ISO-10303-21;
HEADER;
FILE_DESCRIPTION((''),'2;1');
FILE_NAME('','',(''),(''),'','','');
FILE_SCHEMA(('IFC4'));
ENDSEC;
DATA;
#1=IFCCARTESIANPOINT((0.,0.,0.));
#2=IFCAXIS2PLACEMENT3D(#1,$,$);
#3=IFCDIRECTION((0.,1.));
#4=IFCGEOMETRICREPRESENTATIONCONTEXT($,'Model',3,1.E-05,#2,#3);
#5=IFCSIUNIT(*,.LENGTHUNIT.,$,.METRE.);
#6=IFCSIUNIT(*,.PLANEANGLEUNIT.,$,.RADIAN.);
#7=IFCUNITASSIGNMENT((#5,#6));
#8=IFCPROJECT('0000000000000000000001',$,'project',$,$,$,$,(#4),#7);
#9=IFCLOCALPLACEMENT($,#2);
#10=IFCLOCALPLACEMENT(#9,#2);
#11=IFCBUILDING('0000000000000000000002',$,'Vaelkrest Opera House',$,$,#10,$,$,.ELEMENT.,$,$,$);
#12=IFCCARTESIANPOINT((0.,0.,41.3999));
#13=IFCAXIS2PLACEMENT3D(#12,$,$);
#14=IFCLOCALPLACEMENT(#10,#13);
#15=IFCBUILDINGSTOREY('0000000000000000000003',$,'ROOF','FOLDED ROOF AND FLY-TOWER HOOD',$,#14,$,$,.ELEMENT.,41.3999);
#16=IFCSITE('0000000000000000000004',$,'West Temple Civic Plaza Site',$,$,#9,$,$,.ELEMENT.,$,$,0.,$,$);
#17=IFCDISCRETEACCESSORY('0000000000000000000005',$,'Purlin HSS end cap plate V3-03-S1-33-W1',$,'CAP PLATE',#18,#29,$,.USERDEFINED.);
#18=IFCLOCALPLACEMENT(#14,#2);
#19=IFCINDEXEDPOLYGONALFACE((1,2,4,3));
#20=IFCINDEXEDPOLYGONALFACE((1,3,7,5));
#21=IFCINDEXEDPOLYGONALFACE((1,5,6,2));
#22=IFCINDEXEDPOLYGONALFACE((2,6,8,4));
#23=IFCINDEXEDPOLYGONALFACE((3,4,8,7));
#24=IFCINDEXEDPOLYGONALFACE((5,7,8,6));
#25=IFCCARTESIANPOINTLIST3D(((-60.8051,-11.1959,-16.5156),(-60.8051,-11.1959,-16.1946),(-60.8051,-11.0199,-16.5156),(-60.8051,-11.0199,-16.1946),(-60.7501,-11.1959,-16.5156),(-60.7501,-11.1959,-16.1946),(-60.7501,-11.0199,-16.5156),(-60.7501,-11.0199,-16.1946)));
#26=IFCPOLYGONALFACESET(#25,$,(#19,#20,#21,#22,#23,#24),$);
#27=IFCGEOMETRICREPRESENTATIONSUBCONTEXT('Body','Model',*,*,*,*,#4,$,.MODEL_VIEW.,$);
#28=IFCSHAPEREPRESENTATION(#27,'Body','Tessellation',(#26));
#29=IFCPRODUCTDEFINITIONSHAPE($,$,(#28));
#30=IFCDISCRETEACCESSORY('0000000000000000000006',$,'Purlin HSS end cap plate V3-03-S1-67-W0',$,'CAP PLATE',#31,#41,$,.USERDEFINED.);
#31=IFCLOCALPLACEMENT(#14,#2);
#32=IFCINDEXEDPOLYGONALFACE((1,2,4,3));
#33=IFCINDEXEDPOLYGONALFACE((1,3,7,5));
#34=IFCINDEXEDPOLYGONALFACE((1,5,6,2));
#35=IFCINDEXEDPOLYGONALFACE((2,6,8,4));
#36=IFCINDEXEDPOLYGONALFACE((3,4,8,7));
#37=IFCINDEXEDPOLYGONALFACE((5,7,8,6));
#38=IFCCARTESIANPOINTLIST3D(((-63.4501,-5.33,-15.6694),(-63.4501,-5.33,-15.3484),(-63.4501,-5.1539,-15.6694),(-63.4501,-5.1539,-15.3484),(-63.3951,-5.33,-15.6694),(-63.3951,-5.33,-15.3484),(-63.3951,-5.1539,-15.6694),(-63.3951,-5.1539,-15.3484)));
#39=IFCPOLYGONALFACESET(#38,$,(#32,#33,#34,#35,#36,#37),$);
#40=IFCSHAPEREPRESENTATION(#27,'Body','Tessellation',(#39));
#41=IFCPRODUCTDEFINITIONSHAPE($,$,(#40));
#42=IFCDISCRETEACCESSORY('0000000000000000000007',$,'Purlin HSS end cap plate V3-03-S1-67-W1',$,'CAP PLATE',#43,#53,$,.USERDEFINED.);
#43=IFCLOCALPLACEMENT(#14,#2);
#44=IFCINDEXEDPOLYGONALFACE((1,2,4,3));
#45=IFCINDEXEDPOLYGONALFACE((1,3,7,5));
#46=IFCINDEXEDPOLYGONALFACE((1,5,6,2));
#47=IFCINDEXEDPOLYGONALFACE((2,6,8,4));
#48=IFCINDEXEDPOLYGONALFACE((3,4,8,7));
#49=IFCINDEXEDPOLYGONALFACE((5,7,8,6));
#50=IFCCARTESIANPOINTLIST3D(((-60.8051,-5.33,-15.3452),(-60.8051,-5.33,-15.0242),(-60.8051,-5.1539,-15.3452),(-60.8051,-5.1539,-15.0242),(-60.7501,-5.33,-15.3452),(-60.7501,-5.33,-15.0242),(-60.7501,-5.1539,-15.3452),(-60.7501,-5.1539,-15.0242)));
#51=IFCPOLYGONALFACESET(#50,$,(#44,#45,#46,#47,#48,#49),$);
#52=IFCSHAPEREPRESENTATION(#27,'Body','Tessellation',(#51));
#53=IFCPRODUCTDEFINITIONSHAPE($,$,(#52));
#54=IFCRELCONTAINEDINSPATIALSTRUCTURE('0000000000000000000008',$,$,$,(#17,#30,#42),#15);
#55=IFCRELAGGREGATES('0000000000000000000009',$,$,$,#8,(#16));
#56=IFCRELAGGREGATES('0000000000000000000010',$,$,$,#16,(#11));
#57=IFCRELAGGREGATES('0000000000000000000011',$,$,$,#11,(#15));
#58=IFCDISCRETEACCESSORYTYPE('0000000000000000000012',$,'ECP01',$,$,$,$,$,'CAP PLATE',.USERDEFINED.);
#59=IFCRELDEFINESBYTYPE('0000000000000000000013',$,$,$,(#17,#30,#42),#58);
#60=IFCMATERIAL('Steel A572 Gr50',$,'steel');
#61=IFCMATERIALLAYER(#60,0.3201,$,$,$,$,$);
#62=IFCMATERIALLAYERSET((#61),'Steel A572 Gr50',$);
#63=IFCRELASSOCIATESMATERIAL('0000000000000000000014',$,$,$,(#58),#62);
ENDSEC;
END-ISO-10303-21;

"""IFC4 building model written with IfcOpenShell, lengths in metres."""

from ifc_helpers import new_model, si_unit, direction, frame, origin, origin_2d, place, context, subcontext, project, spatial, rectangle, extrude, material, layer, layer_set, type_object, element, save


model = new_model("IFC4")

# Units and contexts
model_context = context("Model", 3, precision=1e-05, world=origin(), true_north=direction((0.0, 1.0)))
body_context = subcontext(model_context, "Body", "Model", "MODEL_VIEW")
ifc_project = project(units=[si_unit("LENGTHUNIT", "METRE"), si_unit("PLANEANGLEUNIT", "RADIAN")], contexts=[model_context])

# Site, building, storey
site_placement = place(None, origin())
site = spatial("IfcSite", under=ifc_project, at=site_placement, Name="West Temple Civic Plaza Site", CompositionType="ELEMENT", RefElevation=0.0)
building_placement = place(site_placement, origin())
building = spatial("IfcBuilding", under=site, at=building_placement, Name="Vaelkrest Opera House", CompositionType="ELEMENT")
storey_placement = place(building_placement, frame((0.0, 0.0, 41.3999)))
storey = spatial("IfcBuildingStorey", under=building, at=storey_placement, Name="ROOF", Description="FOLDED ROOF AND FLY-TOWER HOOD", CompositionType="ELEMENT", Elevation=41.3999)

# Shared definitions
ifc_material_1 = material(Name="Steel A572 Gr50", Category="steel")

# Discrete accessories
ifc_layer_1 = layer(ifc_material_1, 0.3201)
ifc_layer_set_1 = layer_set([ifc_layer_1], Name="Steel A572 Gr50")
discrete_accessory_type = type_object("IfcDiscreteAccessoryType", Name="ECP01", ElementType="CAP PLATE", PredefinedType="USERDEFINED", material=ifc_layer_set_1)
for number, where, z_axis, x_axis, name in (
    (1, (-60.7776, -11.1079, -16.5156), (0.0, 0.0, 1.0), (1.0, 0.0, 0.0), "Purlin HSS end cap plate V3-03-S1-33-W1"),
    (2, (-63.4226, -5.2419, -15.6694), (0.0, 0.0, 1.0), (1.0, 0.0, 0.0), "Purlin HSS end cap plate V3-03-S1-67-W0"),
    (3, (-60.7776, -5.2419, -15.3452), (0.0, 0.0, 1.0), (1.0, 0.0, 0.0), "Purlin HSS end cap plate V3-03-S1-67-W1"),
):
    element("IfcDiscreteAccessory", number, at=place(storey_placement, frame(where, z_axis=z_axis, x_axis=x_axis)), inside=storey, type_object=discrete_accessory_type, Name=name, ObjectType="CAP PLATE", PredefinedType="USERDEFINED", context=body_context, shape_type="SweptSolid", body=[
        extrude(rectangle(XDim=0.0549, YDim=0.176, at=origin_2d()), origin(), (0.0, 0.0, 1.0), 0.321),
    ])

save(model, "model.ifc")
